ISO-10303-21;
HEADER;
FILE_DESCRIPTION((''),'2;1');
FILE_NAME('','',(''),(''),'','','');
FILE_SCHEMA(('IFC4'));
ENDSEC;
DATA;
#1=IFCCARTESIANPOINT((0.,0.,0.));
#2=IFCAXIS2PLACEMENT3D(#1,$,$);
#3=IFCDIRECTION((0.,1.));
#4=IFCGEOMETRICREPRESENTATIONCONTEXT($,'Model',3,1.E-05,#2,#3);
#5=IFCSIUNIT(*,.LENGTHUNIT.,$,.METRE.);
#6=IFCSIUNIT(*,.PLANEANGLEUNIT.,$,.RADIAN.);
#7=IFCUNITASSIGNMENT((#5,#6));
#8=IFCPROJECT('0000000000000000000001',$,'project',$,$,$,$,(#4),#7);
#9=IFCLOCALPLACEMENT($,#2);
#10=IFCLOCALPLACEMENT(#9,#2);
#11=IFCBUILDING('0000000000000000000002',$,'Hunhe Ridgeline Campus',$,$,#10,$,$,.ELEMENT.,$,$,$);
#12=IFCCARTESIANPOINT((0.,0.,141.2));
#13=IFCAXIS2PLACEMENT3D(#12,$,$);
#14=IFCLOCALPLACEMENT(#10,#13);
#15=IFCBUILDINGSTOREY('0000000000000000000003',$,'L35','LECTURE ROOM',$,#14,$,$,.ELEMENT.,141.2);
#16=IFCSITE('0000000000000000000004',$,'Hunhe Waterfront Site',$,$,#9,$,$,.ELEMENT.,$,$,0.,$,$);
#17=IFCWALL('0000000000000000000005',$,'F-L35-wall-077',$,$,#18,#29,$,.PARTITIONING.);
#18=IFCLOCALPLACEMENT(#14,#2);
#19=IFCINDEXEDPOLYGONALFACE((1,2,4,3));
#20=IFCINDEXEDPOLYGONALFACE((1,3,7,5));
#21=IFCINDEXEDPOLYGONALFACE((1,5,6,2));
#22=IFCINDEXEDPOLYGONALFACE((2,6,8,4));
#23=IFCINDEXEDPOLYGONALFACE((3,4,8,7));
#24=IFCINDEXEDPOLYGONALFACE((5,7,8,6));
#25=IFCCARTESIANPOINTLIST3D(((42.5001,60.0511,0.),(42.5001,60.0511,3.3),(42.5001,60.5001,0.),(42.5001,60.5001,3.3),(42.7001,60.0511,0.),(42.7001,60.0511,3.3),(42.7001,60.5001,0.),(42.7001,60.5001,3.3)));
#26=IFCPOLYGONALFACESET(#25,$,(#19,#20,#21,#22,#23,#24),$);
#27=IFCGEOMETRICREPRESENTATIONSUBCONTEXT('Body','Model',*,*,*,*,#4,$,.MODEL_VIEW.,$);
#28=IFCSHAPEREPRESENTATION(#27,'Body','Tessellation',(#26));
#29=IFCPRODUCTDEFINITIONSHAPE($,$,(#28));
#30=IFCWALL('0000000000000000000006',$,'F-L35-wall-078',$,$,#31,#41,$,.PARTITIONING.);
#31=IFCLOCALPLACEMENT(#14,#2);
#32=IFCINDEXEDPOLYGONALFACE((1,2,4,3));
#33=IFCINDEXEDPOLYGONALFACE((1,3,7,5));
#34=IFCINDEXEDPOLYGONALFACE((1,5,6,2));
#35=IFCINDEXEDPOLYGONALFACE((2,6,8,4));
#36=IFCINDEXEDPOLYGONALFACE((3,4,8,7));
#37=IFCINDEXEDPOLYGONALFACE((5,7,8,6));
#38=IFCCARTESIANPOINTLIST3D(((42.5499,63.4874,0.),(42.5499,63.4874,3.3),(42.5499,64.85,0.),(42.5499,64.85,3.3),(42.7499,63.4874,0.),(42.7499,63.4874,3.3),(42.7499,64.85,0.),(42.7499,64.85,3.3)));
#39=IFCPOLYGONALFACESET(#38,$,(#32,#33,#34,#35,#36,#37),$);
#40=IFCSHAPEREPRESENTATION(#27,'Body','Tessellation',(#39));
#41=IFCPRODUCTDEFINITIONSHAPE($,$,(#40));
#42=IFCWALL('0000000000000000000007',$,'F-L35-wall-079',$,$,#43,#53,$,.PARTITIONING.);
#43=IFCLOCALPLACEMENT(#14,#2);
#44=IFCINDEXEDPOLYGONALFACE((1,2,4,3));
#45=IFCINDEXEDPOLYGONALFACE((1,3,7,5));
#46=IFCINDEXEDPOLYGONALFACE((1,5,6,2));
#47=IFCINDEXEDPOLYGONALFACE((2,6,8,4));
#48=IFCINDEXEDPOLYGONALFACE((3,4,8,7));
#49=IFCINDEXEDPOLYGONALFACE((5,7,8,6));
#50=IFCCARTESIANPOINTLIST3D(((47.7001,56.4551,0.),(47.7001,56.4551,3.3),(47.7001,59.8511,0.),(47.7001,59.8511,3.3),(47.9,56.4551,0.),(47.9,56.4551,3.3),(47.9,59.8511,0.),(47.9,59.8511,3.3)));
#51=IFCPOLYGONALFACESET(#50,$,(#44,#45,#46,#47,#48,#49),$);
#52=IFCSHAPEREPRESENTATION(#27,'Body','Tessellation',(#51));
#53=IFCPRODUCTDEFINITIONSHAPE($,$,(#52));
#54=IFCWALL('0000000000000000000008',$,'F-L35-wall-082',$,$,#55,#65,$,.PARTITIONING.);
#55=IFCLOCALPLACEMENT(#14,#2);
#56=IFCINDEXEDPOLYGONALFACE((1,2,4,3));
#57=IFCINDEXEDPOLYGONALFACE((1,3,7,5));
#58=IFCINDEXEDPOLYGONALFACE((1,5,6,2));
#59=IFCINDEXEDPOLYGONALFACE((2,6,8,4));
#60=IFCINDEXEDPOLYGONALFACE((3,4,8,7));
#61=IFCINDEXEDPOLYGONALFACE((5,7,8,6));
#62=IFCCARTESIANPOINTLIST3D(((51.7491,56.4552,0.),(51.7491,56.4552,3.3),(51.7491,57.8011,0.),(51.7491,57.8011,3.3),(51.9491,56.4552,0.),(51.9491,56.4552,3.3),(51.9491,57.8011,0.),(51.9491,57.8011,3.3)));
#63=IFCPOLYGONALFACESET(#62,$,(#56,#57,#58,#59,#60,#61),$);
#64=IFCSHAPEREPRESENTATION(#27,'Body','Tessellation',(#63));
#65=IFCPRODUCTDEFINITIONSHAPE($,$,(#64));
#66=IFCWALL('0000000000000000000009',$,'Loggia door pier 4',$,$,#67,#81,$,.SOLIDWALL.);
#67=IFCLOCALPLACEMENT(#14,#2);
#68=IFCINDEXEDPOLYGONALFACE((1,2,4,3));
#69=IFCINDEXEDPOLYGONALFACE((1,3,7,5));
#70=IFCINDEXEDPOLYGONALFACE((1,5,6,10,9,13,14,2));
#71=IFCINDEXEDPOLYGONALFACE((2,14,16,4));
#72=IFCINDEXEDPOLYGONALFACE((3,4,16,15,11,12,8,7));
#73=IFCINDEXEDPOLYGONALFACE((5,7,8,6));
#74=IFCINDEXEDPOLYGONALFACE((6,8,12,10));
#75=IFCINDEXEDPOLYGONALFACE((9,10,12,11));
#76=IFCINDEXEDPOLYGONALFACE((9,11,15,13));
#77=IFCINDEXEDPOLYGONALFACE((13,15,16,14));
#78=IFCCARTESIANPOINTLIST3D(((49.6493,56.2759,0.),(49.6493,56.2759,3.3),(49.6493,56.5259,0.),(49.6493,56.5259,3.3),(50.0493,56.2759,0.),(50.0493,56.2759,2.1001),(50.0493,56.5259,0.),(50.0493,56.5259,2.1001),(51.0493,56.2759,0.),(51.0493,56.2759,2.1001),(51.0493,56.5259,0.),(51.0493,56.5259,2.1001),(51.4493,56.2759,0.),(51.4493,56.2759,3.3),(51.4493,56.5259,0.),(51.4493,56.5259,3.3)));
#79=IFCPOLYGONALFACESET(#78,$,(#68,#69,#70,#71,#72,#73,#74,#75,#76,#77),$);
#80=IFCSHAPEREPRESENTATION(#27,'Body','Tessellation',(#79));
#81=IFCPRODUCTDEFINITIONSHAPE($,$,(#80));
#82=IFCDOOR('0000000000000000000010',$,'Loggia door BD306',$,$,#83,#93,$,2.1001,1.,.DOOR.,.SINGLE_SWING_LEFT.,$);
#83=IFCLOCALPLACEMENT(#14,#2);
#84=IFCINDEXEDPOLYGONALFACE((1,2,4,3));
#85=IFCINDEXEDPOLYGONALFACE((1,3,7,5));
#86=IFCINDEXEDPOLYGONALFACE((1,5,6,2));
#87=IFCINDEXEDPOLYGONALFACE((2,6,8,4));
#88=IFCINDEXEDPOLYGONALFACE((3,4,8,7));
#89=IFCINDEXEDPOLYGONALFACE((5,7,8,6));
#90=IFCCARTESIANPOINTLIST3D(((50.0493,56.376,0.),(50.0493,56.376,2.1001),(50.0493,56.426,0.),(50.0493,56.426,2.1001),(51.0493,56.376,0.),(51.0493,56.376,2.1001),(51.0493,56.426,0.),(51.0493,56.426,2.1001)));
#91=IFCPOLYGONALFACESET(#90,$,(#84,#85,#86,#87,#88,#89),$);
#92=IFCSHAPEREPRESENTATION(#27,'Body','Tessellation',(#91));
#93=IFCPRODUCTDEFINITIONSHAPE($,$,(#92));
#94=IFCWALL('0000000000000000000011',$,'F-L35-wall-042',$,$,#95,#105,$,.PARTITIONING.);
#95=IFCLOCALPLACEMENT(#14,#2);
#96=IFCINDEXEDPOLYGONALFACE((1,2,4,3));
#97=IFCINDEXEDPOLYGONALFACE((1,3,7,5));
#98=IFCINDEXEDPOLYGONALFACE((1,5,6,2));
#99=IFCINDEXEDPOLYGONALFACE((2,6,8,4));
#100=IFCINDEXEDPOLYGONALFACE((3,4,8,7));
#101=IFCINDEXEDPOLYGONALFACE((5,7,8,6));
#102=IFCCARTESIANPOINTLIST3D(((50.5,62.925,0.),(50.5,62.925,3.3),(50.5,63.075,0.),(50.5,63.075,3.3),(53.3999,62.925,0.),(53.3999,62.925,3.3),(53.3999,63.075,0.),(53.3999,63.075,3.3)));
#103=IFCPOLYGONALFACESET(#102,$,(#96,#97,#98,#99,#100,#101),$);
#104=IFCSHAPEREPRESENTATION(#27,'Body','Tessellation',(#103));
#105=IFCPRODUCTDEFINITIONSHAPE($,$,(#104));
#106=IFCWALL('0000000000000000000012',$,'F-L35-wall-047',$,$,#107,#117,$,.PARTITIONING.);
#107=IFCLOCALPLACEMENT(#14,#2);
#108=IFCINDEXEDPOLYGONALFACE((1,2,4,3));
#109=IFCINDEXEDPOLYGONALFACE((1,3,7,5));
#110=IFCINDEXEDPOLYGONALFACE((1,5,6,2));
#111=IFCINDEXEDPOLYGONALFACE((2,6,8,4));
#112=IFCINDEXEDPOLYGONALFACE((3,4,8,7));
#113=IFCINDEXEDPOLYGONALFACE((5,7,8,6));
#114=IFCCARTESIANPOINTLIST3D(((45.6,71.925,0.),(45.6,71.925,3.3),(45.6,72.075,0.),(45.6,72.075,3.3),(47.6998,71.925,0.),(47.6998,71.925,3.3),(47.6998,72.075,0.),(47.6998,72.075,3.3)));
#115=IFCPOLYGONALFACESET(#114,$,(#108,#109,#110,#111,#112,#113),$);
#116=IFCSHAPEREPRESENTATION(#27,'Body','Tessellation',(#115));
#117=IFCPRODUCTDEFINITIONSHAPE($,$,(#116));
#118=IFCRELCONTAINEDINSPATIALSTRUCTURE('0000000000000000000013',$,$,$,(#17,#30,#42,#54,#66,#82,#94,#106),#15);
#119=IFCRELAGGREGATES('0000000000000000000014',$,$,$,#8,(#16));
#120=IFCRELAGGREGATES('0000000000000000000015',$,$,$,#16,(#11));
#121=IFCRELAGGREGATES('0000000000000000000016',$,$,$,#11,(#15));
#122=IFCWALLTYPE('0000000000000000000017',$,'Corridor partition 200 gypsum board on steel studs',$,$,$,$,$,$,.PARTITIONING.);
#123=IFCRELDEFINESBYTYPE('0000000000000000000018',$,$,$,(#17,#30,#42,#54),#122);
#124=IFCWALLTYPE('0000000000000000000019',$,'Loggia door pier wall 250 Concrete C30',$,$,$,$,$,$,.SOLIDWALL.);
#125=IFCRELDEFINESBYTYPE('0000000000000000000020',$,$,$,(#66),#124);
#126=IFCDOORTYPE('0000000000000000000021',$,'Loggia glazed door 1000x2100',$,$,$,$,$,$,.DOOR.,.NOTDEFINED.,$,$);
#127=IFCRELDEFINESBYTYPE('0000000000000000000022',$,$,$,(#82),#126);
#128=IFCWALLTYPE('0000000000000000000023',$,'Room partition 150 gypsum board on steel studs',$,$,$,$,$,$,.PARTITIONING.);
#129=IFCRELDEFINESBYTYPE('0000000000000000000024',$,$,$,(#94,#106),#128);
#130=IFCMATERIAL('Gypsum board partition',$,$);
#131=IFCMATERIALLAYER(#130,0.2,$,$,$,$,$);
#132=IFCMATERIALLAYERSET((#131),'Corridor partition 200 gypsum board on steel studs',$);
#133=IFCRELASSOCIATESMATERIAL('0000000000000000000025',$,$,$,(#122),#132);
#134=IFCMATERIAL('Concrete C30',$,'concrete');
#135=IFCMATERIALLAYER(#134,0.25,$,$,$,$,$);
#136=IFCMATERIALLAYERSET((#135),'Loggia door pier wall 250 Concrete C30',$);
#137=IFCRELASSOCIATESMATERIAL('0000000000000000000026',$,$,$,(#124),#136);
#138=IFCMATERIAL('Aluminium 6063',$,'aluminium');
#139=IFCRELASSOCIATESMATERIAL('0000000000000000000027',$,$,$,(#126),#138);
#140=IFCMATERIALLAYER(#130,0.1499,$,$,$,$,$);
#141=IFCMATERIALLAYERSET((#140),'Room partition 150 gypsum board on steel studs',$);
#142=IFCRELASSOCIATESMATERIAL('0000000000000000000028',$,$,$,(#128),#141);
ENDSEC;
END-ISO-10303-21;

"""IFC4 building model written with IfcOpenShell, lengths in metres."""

from ifc_helpers import new_model, si_unit, direction, frame, frame_2d, origin, place, context, subcontext, project, spatial, rectangle, extrude, material, layer, layer_set, type_object, element, fill, save


model = new_model("IFC4")

# Units and contexts
model_context = context("Model", 3, precision=1e-05, world=origin(), true_north=direction((0.0, 1.0)))
body_context = subcontext(model_context, "Body", "Model", "MODEL_VIEW")
ifc_project = project(units=[si_unit("LENGTHUNIT", "METRE"), si_unit("PLANEANGLEUNIT", "RADIAN")], contexts=[model_context])

# Site, building, storey
site_placement = place(None, origin())
site = spatial("IfcSite", under=ifc_project, at=site_placement, Name="Hunhe Waterfront Site", CompositionType="ELEMENT", RefElevation=0.0)
building_placement = place(site_placement, origin())
building = spatial("IfcBuilding", under=site, at=building_placement, Name="Hunhe Ridgeline Campus", CompositionType="ELEMENT")
storey_placement = place(building_placement, frame((0.0, 0.0, 141.2)))
storey = spatial("IfcBuildingStorey", under=building, at=storey_placement, Name="L35", Description="LECTURE ROOM", CompositionType="ELEMENT", Elevation=141.2)

# Shared definitions
ifc_material_1 = material(Name="Aluminium 6063", Category="aluminium")

# Shared definitions
ifc_material_2 = material(Name="Concrete C30", Category="concrete")
ifc_material_3 = material(Name="Gypsum board partition")
ifc_layer_1 = layer(ifc_material_3, 0.2)
ifc_layer_set_1 = layer_set([ifc_layer_1], Name="Corridor partition 200 gypsum board on steel studs")
wall_type_1 = type_object("IfcWallType", Name="Corridor partition 200 gypsum board on steel studs", PredefinedType="PARTITIONING", material=ifc_layer_set_1)

# Walls
wall_1_placement = place(storey_placement, frame((42.6001, 60.051, 0.0), z_axis=(0.0, 0.0, 1.0), x_axis=(0.0, 1.0, 0.0)))
element("IfcWall", 1, at=wall_1_placement, inside=storey, type_object=wall_type_1, Name="F-L35-wall-077", PredefinedType="PARTITIONING", context=body_context, shape_type="SweptSolid", body=[
    extrude(rectangle(XDim=0.449, YDim=0.2, at=frame_2d((0.2246, 0.0))), origin(), (0.0, 0.0, 1.0), 3.3),
])
wall_2_placement = place(storey_placement, frame((42.6499, 63.4875, 0.0), z_axis=(0.0, 0.0, 1.0), x_axis=(0.0, 1.0, 0.0)))
element("IfcWall", 2, at=wall_2_placement, inside=storey, type_object=wall_type_1, Name="F-L35-wall-078", PredefinedType="PARTITIONING", context=body_context, shape_type="SweptSolid", body=[
    extrude(rectangle(XDim=1.3625, YDim=0.2, at=frame_2d((0.6812, 0.0))), origin(), (0.0, 0.0, 1.0), 3.3),
])
wall_3_placement = place(storey_placement, frame((47.8, 56.4551, 0.0), z_axis=(0.0, 0.0, 1.0), x_axis=(0.0, 1.0, 0.0)))
element("IfcWall", 3, at=wall_3_placement, inside=storey, type_object=wall_type_1, Name="F-L35-wall-079", PredefinedType="PARTITIONING", context=body_context, shape_type="SweptSolid", body=[
    extrude(rectangle(XDim=3.396, YDim=0.2, at=frame_2d((1.698, 0.0))), origin(), (0.0, 0.0, 1.0), 3.3),
])

# Wall
wall_4_placement = place(storey_placement, frame((51.8491, 57.801, 0.0), z_axis=(0.0, 0.0, 1.0), x_axis=(0.0, -1.0, 0.0)))
element("IfcWall", 4, at=wall_4_placement, inside=storey, type_object=wall_type_1, Name="F-L35-wall-082", PredefinedType="PARTITIONING", context=body_context, shape_type="SweptSolid", body=[
    extrude(rectangle(XDim=1.3459, YDim=0.2, at=frame_2d((0.6729, 0.0))), origin(), (0.0, 0.0, 1.0), 3.3),
])

# Wall, opening, door
ifc_layer_2 = layer(ifc_material_2, 0.25)
ifc_layer_set_2 = layer_set([ifc_layer_2], Name="Loggia door pier wall 250 Concrete C30")
wall_type_2 = type_object("IfcWallType", Name="Loggia door pier wall 250 Concrete C30", PredefinedType="SOLIDWALL", material=ifc_layer_set_2)
wall_5_placement = place(storey_placement, frame((49.6494, 56.4009, 0.0), z_axis=(0.0, 0.0, 1.0), x_axis=(1.0, 0.0, 0.0)))
wall_5 = element("IfcWall", 5, at=wall_5_placement, inside=storey, type_object=wall_type_2, Name="Loggia door pier 4", PredefinedType="SOLIDWALL", context=body_context, shape_type="SweptSolid", body=[
    extrude(rectangle(XDim=1.8, YDim=0.25, at=frame_2d((0.8999, 0.0))), origin(), (0.0, 0.0, 1.0), 3.3),
])
opening_1_placement = place(wall_5_placement, frame((0.3999, 0.0, 0.0)))
opening_1 = element("IfcOpeningElement", 6, at=opening_1_placement, cuts=wall_5, PredefinedType="OPENING", context=body_context, shape_type="SweptSolid", body=[
    extrude(rectangle(XDim=1.0, YDim=2.1001, at=frame_2d((0.5, 1.05))), frame((0.0, 0.125, 0.0), z_axis=(0.0, -1.0, 0.0), x_axis=(1.0, 0.0, 0.0)), (0.0, 0.0, 1.0), 0.25),
])
door_type_1 = type_object("IfcDoorType", Name="Loggia glazed door 1000x2100", OperationType="NOTDEFINED", PredefinedType="DOOR", material=ifc_material_1)
door_1_placement = place(opening_1_placement, frame((1.0, 0.0, 0.0), z_axis=(0.0, 0.0, 1.0), x_axis=(-1.0, 0.0, 0.0)))
door_1 = element("IfcDoor", 7, at=door_1_placement, inside=storey, type_object=door_type_1, Name="Loggia door BD306", OperationType="SINGLE_SWING_LEFT", OverallHeight=2.1001, OverallWidth=1.0, PredefinedType="DOOR", context=body_context, shape_type="SweptSolid", body=[
    extrude(rectangle(XDim=1.0, YDim=2.1001, at=frame_2d((0.5, 1.05))), frame((0.0, 0.0249, 0.0), z_axis=(0.0, -1.0, 0.0), x_axis=(1.0, 0.0, 0.0)), (0.0, 0.0, 1.0), 0.05),
])
fill(opening_1, door_1)

# Walls
ifc_layer_3 = layer(ifc_material_3, 0.1499)
ifc_layer_set_3 = layer_set([ifc_layer_3], Name="Room partition 150 gypsum board on steel studs")
wall_type_3 = type_object("IfcWallType", Name="Room partition 150 gypsum board on steel studs", PredefinedType="PARTITIONING", material=ifc_layer_set_3)
wall_6_placement = place(storey_placement, frame((50.5, 63.0, 0.0), z_axis=(0.0, 0.0, 1.0), x_axis=(1.0, 0.0, 0.0)))
element("IfcWall", 8, at=wall_6_placement, inside=storey, type_object=wall_type_3, Name="F-L35-wall-042", PredefinedType="PARTITIONING", context=body_context, shape_type="SweptSolid", body=[
    extrude(rectangle(XDim=2.8999, YDim=0.1499, at=frame_2d((1.45, 0.0))), origin(), (0.0, 0.0, 1.0), 3.3),
])
wall_7_placement = place(storey_placement, frame((45.6001, 72.0, 0.0), z_axis=(0.0, 0.0, 1.0), x_axis=(1.0, 0.0, 0.0)))
element("IfcWall", 9, at=wall_7_placement, inside=storey, type_object=wall_type_3, Name="F-L35-wall-047", PredefinedType="PARTITIONING", context=body_context, shape_type="SweptSolid", body=[
    extrude(rectangle(XDim=2.0999, YDim=0.1499, at=frame_2d((1.0498, 0.0))), origin(), (0.0, 0.0, 1.0), 3.3),
])

save(model, "model.ifc")
